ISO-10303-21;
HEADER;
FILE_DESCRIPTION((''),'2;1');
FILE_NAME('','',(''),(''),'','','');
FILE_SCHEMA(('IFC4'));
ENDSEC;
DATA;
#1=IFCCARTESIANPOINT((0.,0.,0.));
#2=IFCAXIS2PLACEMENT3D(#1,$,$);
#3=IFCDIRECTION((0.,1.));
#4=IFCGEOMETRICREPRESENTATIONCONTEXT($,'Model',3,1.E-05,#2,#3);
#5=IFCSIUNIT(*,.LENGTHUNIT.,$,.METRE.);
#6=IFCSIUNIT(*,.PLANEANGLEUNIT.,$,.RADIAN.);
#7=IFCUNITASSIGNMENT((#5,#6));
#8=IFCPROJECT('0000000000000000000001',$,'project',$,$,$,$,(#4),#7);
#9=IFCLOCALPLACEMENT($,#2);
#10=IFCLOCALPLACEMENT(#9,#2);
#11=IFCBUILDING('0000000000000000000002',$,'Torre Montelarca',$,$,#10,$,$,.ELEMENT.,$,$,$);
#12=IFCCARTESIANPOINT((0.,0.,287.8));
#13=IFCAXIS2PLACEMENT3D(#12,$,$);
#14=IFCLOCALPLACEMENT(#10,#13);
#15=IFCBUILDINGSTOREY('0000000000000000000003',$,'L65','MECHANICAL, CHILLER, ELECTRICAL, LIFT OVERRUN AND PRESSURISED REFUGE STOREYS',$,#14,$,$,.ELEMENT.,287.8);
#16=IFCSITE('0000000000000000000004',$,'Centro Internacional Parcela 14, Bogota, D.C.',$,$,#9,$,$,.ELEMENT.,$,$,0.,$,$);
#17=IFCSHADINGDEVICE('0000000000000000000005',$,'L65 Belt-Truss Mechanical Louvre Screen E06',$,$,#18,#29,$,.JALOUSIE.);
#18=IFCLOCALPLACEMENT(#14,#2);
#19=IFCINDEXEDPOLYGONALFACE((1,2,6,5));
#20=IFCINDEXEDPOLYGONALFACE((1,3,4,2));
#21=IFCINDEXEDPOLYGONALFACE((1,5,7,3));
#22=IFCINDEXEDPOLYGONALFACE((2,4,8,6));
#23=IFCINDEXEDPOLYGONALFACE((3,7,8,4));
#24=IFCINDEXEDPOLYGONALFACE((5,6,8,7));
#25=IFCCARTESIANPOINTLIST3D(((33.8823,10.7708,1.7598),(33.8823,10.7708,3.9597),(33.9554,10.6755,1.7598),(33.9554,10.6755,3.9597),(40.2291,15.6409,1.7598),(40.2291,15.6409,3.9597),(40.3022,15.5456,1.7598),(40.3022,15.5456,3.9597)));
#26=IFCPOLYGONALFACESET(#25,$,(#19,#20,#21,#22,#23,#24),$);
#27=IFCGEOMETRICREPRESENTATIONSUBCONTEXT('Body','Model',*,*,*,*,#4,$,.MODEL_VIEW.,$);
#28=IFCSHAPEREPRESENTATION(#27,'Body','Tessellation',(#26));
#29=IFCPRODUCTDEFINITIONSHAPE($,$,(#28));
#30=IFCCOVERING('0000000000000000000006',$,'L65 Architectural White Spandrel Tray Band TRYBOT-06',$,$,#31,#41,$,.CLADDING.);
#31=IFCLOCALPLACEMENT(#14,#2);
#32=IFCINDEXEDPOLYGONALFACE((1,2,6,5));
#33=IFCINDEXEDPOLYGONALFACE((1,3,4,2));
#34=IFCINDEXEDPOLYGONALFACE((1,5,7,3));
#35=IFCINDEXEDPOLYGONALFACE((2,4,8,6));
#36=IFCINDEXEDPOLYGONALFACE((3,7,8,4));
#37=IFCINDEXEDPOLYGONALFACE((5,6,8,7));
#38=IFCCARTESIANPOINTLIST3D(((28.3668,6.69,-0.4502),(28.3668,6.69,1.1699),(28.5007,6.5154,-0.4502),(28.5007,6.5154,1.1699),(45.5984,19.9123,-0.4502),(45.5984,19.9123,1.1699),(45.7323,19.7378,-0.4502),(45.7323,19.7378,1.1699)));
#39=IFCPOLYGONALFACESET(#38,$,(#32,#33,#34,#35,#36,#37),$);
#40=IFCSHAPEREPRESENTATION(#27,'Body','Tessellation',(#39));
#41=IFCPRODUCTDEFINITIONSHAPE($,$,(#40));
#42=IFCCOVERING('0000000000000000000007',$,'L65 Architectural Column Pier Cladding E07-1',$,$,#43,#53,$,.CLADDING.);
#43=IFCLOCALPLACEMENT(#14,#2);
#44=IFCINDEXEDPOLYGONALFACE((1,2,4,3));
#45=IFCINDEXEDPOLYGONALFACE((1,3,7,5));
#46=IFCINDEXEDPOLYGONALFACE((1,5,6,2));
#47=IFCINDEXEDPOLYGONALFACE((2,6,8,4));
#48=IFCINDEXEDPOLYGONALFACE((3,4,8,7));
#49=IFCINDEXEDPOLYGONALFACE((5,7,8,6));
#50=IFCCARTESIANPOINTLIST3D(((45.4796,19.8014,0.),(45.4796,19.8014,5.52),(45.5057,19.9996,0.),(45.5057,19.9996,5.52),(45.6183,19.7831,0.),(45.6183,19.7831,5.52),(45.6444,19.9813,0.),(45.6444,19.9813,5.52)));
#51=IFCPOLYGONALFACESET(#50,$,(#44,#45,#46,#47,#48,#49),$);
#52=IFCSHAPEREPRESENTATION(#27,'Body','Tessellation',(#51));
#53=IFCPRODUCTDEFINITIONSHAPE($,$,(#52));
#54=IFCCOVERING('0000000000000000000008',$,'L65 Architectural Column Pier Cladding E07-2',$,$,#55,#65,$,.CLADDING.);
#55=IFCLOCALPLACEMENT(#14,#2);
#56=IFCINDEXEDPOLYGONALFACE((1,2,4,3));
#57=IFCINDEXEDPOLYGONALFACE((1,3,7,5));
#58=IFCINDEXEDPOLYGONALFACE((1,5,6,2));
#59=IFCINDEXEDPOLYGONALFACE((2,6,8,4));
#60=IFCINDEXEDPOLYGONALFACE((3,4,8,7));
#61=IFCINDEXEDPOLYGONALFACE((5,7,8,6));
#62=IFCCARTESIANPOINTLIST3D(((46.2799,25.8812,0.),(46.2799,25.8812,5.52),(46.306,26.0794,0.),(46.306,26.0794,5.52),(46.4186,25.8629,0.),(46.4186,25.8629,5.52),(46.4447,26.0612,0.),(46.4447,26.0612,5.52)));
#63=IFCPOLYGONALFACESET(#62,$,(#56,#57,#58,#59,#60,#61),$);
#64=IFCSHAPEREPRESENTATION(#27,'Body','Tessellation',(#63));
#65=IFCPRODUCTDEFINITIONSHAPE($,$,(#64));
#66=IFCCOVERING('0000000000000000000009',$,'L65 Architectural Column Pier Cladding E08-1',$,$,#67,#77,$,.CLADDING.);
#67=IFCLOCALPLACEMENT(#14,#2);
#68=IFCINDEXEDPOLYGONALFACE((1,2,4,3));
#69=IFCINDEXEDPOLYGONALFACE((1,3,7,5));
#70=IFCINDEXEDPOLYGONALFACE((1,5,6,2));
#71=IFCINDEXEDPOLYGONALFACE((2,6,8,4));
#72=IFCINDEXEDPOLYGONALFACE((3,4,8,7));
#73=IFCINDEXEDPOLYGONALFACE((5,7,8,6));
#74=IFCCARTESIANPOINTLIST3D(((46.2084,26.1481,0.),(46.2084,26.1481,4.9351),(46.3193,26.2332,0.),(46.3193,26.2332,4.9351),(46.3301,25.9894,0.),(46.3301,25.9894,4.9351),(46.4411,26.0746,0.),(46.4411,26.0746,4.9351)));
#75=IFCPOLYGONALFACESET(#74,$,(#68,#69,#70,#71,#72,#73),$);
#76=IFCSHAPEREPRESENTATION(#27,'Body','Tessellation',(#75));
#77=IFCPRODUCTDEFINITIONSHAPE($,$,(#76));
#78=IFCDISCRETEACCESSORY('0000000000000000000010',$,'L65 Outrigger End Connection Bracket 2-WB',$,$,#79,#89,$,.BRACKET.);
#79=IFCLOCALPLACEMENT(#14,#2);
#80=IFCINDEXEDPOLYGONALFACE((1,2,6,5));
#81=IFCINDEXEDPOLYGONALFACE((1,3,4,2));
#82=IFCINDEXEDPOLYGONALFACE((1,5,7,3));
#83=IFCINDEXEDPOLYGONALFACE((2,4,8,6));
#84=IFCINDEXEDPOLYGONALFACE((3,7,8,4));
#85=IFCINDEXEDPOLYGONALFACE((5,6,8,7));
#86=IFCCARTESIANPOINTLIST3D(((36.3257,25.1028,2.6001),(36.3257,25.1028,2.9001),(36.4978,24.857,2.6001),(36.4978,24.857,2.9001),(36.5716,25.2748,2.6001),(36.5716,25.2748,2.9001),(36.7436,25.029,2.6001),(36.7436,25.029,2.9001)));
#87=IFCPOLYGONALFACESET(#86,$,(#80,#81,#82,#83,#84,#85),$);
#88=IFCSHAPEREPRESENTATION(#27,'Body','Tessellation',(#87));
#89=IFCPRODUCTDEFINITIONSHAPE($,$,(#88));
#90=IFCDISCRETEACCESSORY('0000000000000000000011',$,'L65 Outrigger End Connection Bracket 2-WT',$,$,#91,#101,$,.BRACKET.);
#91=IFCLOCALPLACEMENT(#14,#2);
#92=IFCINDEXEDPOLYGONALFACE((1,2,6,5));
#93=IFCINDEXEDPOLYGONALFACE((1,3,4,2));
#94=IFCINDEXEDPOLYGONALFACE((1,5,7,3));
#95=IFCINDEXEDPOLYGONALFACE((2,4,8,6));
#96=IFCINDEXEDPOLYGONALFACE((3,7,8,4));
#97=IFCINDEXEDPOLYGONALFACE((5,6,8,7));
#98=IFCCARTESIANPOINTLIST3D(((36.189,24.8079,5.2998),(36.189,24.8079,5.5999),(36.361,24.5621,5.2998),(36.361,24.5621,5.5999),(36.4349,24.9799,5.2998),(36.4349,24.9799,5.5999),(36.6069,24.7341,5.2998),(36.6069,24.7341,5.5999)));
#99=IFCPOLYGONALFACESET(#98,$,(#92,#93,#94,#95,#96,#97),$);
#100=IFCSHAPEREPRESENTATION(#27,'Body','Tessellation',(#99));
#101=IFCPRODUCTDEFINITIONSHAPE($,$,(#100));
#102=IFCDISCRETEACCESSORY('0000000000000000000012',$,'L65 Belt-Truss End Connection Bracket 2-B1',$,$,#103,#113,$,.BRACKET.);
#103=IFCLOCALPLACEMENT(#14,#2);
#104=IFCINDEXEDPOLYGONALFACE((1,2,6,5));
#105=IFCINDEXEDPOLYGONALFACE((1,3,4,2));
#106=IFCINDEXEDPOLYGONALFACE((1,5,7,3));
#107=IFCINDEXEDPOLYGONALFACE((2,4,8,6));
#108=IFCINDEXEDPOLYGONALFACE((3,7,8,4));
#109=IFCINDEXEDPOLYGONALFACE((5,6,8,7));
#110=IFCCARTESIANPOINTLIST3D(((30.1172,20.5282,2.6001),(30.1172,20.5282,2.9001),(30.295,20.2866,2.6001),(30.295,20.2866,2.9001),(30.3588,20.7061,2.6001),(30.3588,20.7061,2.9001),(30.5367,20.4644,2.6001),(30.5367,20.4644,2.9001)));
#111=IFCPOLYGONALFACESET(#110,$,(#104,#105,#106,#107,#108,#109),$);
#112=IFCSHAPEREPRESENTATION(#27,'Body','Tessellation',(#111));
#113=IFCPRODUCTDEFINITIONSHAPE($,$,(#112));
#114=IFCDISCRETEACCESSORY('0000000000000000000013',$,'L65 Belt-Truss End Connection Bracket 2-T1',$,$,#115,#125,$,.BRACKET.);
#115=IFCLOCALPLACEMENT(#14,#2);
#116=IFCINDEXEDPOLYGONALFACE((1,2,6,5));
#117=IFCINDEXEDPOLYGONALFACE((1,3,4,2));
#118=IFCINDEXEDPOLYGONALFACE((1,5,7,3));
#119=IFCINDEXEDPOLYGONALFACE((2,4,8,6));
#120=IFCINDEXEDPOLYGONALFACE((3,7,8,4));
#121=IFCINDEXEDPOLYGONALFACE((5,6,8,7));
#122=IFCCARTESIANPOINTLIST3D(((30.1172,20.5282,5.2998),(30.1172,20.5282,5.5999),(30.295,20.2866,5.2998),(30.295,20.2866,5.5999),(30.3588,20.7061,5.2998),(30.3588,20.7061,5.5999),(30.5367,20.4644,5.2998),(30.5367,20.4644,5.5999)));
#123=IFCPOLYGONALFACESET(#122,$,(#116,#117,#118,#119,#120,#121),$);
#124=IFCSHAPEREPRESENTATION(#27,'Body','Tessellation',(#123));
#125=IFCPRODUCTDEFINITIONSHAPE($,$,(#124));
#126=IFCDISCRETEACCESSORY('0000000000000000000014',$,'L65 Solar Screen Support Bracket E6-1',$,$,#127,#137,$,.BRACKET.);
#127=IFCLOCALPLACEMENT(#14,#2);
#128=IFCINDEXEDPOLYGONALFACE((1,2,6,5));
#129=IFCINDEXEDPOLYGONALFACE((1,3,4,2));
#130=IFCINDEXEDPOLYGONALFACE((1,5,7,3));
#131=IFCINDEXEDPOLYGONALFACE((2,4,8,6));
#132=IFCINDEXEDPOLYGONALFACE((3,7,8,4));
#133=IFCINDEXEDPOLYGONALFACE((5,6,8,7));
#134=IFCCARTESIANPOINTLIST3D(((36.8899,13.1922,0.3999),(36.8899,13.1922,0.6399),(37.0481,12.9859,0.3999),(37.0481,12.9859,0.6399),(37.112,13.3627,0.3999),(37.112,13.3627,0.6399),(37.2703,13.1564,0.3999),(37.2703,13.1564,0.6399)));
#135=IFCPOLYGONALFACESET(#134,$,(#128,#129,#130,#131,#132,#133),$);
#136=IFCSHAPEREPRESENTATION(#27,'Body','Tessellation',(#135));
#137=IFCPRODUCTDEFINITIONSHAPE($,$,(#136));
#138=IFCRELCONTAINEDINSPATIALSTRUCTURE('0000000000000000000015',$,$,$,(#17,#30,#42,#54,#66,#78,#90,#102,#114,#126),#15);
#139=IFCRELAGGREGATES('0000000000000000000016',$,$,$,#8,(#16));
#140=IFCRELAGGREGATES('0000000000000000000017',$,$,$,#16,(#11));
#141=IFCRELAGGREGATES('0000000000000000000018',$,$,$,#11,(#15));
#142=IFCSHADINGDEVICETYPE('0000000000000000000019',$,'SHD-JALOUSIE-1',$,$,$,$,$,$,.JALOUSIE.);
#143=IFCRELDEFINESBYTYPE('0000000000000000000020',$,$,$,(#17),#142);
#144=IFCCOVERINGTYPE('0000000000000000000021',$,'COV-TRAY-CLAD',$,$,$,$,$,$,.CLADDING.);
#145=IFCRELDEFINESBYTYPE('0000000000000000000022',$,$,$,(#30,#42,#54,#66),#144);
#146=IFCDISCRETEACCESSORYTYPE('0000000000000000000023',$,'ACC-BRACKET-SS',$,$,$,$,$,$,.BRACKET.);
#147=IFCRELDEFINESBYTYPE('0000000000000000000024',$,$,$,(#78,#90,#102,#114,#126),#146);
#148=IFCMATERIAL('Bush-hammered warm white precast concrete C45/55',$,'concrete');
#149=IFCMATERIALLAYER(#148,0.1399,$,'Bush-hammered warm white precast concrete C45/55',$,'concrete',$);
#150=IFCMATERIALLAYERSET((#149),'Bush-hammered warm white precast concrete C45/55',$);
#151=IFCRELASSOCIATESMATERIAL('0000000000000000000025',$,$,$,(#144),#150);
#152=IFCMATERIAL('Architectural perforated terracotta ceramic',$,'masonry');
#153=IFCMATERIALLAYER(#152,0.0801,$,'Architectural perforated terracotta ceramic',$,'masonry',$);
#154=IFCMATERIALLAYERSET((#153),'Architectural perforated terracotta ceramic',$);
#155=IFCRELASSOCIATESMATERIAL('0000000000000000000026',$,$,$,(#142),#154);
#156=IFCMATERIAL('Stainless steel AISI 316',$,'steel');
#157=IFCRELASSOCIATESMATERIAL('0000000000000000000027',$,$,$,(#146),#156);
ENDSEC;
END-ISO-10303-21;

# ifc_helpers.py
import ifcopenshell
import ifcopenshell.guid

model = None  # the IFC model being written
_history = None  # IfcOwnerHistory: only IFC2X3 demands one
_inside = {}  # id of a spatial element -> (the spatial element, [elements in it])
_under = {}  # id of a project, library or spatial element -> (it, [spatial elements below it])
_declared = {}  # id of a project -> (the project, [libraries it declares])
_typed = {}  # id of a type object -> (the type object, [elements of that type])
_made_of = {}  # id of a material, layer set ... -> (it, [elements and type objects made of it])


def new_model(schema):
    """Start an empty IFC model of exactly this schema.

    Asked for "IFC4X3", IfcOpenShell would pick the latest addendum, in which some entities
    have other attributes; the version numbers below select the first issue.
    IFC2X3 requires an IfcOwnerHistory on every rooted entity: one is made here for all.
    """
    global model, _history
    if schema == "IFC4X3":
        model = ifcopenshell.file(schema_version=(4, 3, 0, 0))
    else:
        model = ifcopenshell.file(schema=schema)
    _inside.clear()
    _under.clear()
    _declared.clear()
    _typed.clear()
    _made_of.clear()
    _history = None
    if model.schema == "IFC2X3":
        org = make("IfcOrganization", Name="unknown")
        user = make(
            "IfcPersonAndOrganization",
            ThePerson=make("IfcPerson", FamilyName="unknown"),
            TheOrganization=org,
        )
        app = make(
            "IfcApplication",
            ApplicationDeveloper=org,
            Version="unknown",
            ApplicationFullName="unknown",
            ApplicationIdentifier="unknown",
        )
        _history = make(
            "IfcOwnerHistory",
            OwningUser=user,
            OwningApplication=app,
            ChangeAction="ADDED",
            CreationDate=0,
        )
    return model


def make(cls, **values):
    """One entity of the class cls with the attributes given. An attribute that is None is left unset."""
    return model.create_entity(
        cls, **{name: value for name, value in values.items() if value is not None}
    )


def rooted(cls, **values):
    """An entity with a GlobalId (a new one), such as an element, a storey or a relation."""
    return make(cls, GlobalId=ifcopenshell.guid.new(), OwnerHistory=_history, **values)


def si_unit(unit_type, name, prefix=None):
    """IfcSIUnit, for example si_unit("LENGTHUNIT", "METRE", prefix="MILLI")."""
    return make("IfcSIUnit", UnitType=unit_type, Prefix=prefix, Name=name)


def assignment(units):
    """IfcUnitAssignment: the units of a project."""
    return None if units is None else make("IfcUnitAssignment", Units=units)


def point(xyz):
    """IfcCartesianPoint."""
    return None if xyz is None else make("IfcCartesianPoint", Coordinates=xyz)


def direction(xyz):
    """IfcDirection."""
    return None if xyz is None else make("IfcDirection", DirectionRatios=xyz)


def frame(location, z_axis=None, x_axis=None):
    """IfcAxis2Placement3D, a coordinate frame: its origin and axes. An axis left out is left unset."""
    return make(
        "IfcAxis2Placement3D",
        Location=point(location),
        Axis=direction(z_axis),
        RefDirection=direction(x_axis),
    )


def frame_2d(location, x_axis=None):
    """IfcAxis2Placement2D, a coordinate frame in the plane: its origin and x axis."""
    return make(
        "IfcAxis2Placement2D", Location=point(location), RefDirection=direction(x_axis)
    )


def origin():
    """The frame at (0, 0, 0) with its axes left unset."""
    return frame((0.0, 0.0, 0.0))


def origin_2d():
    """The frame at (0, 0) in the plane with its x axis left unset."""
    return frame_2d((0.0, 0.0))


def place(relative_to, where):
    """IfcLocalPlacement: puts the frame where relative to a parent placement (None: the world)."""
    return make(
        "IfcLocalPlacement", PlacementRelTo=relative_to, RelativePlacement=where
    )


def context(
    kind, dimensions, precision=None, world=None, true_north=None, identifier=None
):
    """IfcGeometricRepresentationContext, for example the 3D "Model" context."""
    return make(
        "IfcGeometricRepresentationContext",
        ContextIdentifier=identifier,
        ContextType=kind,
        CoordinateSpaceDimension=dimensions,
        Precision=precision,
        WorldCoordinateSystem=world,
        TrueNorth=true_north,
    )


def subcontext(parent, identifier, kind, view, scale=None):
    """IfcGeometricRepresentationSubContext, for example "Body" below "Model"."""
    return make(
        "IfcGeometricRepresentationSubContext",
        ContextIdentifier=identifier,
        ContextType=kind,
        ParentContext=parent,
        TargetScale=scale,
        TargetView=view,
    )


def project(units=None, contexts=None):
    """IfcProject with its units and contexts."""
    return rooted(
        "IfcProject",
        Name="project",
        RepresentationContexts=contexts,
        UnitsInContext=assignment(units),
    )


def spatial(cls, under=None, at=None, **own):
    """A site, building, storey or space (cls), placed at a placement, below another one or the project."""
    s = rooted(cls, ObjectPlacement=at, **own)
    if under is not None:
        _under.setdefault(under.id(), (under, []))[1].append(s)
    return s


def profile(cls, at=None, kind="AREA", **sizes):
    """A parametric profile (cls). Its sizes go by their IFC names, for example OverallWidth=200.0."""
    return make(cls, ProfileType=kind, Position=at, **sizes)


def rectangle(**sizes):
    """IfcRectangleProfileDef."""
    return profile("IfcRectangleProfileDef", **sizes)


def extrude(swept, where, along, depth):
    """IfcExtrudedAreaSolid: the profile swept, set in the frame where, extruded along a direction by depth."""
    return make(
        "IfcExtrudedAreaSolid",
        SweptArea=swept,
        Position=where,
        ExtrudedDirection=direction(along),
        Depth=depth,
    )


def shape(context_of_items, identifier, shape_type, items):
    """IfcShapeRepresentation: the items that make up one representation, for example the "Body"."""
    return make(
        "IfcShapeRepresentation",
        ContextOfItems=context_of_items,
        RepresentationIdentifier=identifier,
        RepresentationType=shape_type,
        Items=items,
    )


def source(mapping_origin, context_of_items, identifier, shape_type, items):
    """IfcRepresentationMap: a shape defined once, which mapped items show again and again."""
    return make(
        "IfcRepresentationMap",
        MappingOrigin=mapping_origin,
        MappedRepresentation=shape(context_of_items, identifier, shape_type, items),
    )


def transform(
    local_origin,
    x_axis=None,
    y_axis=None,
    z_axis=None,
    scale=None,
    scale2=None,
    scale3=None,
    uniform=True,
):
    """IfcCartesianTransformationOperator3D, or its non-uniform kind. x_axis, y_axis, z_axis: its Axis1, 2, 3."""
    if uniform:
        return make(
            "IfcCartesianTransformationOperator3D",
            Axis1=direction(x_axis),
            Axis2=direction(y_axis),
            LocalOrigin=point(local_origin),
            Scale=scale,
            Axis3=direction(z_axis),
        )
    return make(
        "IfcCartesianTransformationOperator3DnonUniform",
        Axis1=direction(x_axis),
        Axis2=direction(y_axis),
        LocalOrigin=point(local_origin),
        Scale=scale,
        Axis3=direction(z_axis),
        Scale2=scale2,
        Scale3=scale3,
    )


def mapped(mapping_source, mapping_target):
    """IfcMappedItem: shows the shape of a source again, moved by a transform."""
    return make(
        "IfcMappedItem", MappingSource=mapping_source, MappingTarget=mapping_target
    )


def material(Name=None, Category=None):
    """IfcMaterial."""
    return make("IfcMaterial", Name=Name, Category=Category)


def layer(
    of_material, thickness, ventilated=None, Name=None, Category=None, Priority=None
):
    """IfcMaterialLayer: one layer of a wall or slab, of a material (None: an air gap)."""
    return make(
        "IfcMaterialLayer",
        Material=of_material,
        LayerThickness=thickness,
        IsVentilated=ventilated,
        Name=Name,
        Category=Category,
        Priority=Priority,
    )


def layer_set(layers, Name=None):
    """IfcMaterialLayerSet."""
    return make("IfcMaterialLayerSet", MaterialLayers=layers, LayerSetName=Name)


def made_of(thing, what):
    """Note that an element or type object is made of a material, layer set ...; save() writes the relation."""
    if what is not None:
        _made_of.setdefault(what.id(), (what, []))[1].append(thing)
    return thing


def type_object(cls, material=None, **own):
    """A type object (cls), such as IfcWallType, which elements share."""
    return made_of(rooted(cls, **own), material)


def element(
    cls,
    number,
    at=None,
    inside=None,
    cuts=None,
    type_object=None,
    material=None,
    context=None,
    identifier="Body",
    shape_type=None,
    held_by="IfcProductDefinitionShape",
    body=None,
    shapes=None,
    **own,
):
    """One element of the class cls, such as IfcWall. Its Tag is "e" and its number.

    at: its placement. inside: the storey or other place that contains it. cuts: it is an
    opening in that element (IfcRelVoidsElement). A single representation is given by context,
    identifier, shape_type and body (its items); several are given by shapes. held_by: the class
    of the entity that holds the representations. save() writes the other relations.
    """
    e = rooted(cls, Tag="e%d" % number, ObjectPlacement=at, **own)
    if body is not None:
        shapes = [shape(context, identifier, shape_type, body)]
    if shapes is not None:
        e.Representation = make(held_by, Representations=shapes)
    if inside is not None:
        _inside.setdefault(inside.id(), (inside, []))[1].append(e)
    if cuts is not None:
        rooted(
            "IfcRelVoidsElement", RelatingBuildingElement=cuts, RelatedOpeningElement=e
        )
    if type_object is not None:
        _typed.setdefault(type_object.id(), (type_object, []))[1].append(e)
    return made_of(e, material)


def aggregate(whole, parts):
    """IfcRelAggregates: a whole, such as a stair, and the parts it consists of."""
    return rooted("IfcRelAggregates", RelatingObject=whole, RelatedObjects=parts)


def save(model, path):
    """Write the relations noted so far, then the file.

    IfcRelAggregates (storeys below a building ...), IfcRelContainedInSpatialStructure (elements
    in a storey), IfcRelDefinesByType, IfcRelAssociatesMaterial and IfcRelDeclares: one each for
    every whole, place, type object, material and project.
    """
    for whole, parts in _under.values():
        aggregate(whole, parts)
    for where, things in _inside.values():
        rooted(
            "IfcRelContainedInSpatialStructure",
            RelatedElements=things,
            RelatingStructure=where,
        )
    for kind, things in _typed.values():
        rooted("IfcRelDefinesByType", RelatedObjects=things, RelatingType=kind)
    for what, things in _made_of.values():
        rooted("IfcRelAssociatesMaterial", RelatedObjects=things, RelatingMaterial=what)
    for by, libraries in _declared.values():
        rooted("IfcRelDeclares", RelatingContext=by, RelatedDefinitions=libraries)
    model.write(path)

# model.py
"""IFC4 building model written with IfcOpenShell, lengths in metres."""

from ifc_helpers import new_model, si_unit, direction, frame, origin, origin_2d, place, context, subcontext, project, spatial, rectangle, extrude, source, transform, mapped, material, layer, layer_set, type_object, element, save


model = new_model("IFC4")

# Units and contexts
model_context = context("Model", 3, precision=1e-05, world=origin(), true_north=direction((0.0, 1.0)))
body_context = subcontext(model_context, "Body", "Model", "MODEL_VIEW")
ifc_project = project(units=[si_unit("LENGTHUNIT", "METRE"), si_unit("PLANEANGLEUNIT", "RADIAN")], contexts=[model_context])

# Site, building, storey
site_placement = place(None, origin())
site = spatial("IfcSite", under=ifc_project, at=site_placement, Name="Centro Internacional Parcela 14, Bogota, D.C.", CompositionType="ELEMENT", RefElevation=0.0)
building_placement = place(site_placement, origin())
building = spatial("IfcBuilding", under=site, at=building_placement, Name="Torre Montelarca", CompositionType="ELEMENT")
storey_placement = place(building_placement, frame((0.0, 0.0, 287.8)))
storey = spatial("IfcBuildingStorey", under=building, at=storey_placement, Name="L65", Description="MECHANICAL, CHILLER, ELECTRICAL, LIFT OVERRUN AND PRESSURISED REFUGE STOREYS", CompositionType="ELEMENT", Elevation=287.8)

# Shared definitions
ifc_material_1 = material(Name="Architectural perforated terracotta ceramic", Category="masonry")

# Shared definitions
ifc_material_2 = material(Name="Bush-hammered warm white precast concrete C45/55", Category="concrete")
ifc_layer_1 = layer(ifc_material_2, 0.1399, Name="Bush-hammered warm white precast concrete C45/55", Category="concrete")
ifc_layer_set_1 = layer_set([ifc_layer_1], Name="Bush-hammered warm white precast concrete C45/55")
covering_type = type_object("IfcCoveringType", Name="COV-TRAY-CLAD", PredefinedType="CLADDING", material=ifc_layer_set_1)

# Shading device
ifc_layer_2 = layer(ifc_material_1, 0.0801, Name="Architectural perforated terracotta ceramic", Category="masonry")
ifc_layer_set_2 = layer_set([ifc_layer_2], Name="Architectural perforated terracotta ceramic")
shading_device_type_1 = type_object("IfcShadingDeviceType", Name="SHD-JALOUSIE-1", PredefinedType="JALOUSIE", material=ifc_layer_set_2)
shared_shape_1 = source(origin(), body_context, "Body", "SweptSolid", [
    extrude(rectangle(XDim=8.0, YDim=0.1201, at=origin_2d()), origin(), (0.0, 0.0, 1.0), 2.2),
])
shading_device_1_placement = place(storey_placement, frame((37.0923, 13.1582, 1.7598), z_axis=(0.0, 0.0, 1.0), x_axis=(0.79335, 0.608766, 0.0)))
element("IfcShadingDevice", 1, at=shading_device_1_placement, inside=storey, type_object=shading_device_type_1, Name="L65 Belt-Truss Mechanical Louvre Screen E06", PredefinedType="JALOUSIE", context=body_context, shape_type="MappedRepresentation", body=[
    mapped(shared_shape_1, transform((0.0, 0.0, 0.0), scale=1.0)),
])

# Coverings
shared_shape_2 = source(origin(), body_context, "Body", "SweptSolid", [
    extrude(rectangle(XDim=21.72, YDim=0.22, at=origin_2d()), origin(), (0.0, 0.0, 1.0), 1.6201),
])
covering_1_placement = place(storey_placement, frame((37.0496, 13.2139, -0.4502), z_axis=(0.0, 0.0, 1.0), x_axis=(0.793351, 0.608764, 0.0)))
element("IfcCovering", 2, at=covering_1_placement, inside=storey, type_object=covering_type, Name="L65 Architectural White Spandrel Tray Band TRYBOT-06", PredefinedType="CLADDING", context=body_context, shape_type="MappedRepresentation", body=[
    mapped(shared_shape_2, transform((0.0, 0.0, 0.0), scale=1.0)),
])
shared_shape_3 = source(origin(), body_context, "Body", "SweptSolid", [
    extrude(rectangle(XDim=0.2, YDim=0.1399, at=origin_2d()), origin(), (0.0, 0.0, 1.0), 5.52),
])
for number, where, z_axis, x_axis, name in (
    (3, (45.562, 19.8914, 0.0), (0.0, 0.0, 1.0), (0.130531, 0.991444, 0.0), "L65 Architectural Column Pier Cladding E07-1"),
    (4, (46.3623, 25.9712, 0.0), (0.0, 0.0, 1.0), (0.130531, 0.991444, 0.0), "L65 Architectural Column Pier Cladding E07-2"),
):
    element("IfcCovering", number, at=place(storey_placement, frame(where, z_axis=z_axis, x_axis=x_axis)), inside=storey, type_object=covering_type, Name=name, PredefinedType="CLADDING", context=body_context, shape_type="MappedRepresentation", body=[
        mapped(shared_shape_3, transform((0.0, 0.0, 0.0), scale=1.0)),
    ])
shared_shape_4 = source(origin(), body_context, "Body", "SweptSolid", [
    extrude(rectangle(XDim=0.2, YDim=0.1399, at=origin_2d()), origin(), (0.0, 0.0, 1.0), 4.9351),
])
covering_2_placement = place(storey_placement, frame((46.3247, 26.1113, 0.0), z_axis=(0.0, 0.0, 1.0), x_axis=(-0.608763, 0.793352, 0.0)))
element("IfcCovering", 5, at=covering_2_placement, inside=storey, type_object=covering_type, Name="L65 Architectural Column Pier Cladding E08-1", PredefinedType="CLADDING", context=body_context, shape_type="MappedRepresentation", body=[
    mapped(shared_shape_4, transform((0.0, 0.0, 0.0), scale=1.0)),
])

# Discrete accessories
ifc_material_3 = material(Name="Stainless steel AISI 316", Category="steel")
discrete_accessory_type = type_object("IfcDiscreteAccessoryType", Name="ACC-BRACKET-SS", PredefinedType="BRACKET", material=ifc_material_3)
shared_shape_5 = source(origin(), body_context, "Body", "SweptSolid", [
    extrude(rectangle(XDim=0.3, YDim=0.3, at=origin_2d()), origin(), (0.0, 0.0, 1.0), 0.3),
])
for number, where, z_axis, x_axis, name in (
    (6, (36.5347, 25.0659, 2.6001), (0.0, 0.0, 1.0), (-0.57329, 0.819352, 0.0), "L65 Outrigger End Connection Bracket 2-WB"),
    (7, (36.3979, 24.771, 5.2998), (0.0, 0.0, 1.0), (-0.57329, 0.819352, 0.0), "L65 Outrigger End Connection Bracket 2-WT"),
    (8, (30.3269, 20.4963, 2.6001), (0.0, 0.0, 1.0), (0.805411, 0.592716, 0.0), "L65 Belt-Truss End Connection Bracket 2-B1"),
    (9, (30.3269, 20.4963, 5.2998), (0.0, 0.0, 1.0), (0.805411, 0.592716, 0.0), "L65 Belt-Truss End Connection Bracket 2-T1"),
):
    element("IfcDiscreteAccessory", number, at=place(storey_placement, frame(where, z_axis=z_axis, x_axis=x_axis)), inside=storey, type_object=discrete_accessory_type, Name=name, PredefinedType="BRACKET", context=body_context, shape_type="MappedRepresentation", body=[
        mapped(shared_shape_5, transform((0.0, 0.0, 0.0), scale=1.0)),
    ])
shared_shape_6 = source(origin(), body_context, "Body", "SweptSolid", [
    extrude(rectangle(XDim=0.28, YDim=0.26, at=origin_2d()), origin(), (0.0, 0.0, 1.0), 0.24),
])
discrete_accessory_placement = place(storey_placement, frame((37.0801, 13.1743, 0.3999), z_axis=(0.0, 0.0, 1.0), x_axis=(0.793351, 0.608764, 0.0)))
element("IfcDiscreteAccessory", 10, at=discrete_accessory_placement, inside=storey, type_object=discrete_accessory_type, Name="L65 Solar Screen Support Bracket E6-1", PredefinedType="BRACKET", context=body_context, shape_type="MappedRepresentation", body=[
    mapped(shared_shape_6, transform((0.0, 0.0, 0.0), scale=1.0)),
])

save(model, "model.ifc")
